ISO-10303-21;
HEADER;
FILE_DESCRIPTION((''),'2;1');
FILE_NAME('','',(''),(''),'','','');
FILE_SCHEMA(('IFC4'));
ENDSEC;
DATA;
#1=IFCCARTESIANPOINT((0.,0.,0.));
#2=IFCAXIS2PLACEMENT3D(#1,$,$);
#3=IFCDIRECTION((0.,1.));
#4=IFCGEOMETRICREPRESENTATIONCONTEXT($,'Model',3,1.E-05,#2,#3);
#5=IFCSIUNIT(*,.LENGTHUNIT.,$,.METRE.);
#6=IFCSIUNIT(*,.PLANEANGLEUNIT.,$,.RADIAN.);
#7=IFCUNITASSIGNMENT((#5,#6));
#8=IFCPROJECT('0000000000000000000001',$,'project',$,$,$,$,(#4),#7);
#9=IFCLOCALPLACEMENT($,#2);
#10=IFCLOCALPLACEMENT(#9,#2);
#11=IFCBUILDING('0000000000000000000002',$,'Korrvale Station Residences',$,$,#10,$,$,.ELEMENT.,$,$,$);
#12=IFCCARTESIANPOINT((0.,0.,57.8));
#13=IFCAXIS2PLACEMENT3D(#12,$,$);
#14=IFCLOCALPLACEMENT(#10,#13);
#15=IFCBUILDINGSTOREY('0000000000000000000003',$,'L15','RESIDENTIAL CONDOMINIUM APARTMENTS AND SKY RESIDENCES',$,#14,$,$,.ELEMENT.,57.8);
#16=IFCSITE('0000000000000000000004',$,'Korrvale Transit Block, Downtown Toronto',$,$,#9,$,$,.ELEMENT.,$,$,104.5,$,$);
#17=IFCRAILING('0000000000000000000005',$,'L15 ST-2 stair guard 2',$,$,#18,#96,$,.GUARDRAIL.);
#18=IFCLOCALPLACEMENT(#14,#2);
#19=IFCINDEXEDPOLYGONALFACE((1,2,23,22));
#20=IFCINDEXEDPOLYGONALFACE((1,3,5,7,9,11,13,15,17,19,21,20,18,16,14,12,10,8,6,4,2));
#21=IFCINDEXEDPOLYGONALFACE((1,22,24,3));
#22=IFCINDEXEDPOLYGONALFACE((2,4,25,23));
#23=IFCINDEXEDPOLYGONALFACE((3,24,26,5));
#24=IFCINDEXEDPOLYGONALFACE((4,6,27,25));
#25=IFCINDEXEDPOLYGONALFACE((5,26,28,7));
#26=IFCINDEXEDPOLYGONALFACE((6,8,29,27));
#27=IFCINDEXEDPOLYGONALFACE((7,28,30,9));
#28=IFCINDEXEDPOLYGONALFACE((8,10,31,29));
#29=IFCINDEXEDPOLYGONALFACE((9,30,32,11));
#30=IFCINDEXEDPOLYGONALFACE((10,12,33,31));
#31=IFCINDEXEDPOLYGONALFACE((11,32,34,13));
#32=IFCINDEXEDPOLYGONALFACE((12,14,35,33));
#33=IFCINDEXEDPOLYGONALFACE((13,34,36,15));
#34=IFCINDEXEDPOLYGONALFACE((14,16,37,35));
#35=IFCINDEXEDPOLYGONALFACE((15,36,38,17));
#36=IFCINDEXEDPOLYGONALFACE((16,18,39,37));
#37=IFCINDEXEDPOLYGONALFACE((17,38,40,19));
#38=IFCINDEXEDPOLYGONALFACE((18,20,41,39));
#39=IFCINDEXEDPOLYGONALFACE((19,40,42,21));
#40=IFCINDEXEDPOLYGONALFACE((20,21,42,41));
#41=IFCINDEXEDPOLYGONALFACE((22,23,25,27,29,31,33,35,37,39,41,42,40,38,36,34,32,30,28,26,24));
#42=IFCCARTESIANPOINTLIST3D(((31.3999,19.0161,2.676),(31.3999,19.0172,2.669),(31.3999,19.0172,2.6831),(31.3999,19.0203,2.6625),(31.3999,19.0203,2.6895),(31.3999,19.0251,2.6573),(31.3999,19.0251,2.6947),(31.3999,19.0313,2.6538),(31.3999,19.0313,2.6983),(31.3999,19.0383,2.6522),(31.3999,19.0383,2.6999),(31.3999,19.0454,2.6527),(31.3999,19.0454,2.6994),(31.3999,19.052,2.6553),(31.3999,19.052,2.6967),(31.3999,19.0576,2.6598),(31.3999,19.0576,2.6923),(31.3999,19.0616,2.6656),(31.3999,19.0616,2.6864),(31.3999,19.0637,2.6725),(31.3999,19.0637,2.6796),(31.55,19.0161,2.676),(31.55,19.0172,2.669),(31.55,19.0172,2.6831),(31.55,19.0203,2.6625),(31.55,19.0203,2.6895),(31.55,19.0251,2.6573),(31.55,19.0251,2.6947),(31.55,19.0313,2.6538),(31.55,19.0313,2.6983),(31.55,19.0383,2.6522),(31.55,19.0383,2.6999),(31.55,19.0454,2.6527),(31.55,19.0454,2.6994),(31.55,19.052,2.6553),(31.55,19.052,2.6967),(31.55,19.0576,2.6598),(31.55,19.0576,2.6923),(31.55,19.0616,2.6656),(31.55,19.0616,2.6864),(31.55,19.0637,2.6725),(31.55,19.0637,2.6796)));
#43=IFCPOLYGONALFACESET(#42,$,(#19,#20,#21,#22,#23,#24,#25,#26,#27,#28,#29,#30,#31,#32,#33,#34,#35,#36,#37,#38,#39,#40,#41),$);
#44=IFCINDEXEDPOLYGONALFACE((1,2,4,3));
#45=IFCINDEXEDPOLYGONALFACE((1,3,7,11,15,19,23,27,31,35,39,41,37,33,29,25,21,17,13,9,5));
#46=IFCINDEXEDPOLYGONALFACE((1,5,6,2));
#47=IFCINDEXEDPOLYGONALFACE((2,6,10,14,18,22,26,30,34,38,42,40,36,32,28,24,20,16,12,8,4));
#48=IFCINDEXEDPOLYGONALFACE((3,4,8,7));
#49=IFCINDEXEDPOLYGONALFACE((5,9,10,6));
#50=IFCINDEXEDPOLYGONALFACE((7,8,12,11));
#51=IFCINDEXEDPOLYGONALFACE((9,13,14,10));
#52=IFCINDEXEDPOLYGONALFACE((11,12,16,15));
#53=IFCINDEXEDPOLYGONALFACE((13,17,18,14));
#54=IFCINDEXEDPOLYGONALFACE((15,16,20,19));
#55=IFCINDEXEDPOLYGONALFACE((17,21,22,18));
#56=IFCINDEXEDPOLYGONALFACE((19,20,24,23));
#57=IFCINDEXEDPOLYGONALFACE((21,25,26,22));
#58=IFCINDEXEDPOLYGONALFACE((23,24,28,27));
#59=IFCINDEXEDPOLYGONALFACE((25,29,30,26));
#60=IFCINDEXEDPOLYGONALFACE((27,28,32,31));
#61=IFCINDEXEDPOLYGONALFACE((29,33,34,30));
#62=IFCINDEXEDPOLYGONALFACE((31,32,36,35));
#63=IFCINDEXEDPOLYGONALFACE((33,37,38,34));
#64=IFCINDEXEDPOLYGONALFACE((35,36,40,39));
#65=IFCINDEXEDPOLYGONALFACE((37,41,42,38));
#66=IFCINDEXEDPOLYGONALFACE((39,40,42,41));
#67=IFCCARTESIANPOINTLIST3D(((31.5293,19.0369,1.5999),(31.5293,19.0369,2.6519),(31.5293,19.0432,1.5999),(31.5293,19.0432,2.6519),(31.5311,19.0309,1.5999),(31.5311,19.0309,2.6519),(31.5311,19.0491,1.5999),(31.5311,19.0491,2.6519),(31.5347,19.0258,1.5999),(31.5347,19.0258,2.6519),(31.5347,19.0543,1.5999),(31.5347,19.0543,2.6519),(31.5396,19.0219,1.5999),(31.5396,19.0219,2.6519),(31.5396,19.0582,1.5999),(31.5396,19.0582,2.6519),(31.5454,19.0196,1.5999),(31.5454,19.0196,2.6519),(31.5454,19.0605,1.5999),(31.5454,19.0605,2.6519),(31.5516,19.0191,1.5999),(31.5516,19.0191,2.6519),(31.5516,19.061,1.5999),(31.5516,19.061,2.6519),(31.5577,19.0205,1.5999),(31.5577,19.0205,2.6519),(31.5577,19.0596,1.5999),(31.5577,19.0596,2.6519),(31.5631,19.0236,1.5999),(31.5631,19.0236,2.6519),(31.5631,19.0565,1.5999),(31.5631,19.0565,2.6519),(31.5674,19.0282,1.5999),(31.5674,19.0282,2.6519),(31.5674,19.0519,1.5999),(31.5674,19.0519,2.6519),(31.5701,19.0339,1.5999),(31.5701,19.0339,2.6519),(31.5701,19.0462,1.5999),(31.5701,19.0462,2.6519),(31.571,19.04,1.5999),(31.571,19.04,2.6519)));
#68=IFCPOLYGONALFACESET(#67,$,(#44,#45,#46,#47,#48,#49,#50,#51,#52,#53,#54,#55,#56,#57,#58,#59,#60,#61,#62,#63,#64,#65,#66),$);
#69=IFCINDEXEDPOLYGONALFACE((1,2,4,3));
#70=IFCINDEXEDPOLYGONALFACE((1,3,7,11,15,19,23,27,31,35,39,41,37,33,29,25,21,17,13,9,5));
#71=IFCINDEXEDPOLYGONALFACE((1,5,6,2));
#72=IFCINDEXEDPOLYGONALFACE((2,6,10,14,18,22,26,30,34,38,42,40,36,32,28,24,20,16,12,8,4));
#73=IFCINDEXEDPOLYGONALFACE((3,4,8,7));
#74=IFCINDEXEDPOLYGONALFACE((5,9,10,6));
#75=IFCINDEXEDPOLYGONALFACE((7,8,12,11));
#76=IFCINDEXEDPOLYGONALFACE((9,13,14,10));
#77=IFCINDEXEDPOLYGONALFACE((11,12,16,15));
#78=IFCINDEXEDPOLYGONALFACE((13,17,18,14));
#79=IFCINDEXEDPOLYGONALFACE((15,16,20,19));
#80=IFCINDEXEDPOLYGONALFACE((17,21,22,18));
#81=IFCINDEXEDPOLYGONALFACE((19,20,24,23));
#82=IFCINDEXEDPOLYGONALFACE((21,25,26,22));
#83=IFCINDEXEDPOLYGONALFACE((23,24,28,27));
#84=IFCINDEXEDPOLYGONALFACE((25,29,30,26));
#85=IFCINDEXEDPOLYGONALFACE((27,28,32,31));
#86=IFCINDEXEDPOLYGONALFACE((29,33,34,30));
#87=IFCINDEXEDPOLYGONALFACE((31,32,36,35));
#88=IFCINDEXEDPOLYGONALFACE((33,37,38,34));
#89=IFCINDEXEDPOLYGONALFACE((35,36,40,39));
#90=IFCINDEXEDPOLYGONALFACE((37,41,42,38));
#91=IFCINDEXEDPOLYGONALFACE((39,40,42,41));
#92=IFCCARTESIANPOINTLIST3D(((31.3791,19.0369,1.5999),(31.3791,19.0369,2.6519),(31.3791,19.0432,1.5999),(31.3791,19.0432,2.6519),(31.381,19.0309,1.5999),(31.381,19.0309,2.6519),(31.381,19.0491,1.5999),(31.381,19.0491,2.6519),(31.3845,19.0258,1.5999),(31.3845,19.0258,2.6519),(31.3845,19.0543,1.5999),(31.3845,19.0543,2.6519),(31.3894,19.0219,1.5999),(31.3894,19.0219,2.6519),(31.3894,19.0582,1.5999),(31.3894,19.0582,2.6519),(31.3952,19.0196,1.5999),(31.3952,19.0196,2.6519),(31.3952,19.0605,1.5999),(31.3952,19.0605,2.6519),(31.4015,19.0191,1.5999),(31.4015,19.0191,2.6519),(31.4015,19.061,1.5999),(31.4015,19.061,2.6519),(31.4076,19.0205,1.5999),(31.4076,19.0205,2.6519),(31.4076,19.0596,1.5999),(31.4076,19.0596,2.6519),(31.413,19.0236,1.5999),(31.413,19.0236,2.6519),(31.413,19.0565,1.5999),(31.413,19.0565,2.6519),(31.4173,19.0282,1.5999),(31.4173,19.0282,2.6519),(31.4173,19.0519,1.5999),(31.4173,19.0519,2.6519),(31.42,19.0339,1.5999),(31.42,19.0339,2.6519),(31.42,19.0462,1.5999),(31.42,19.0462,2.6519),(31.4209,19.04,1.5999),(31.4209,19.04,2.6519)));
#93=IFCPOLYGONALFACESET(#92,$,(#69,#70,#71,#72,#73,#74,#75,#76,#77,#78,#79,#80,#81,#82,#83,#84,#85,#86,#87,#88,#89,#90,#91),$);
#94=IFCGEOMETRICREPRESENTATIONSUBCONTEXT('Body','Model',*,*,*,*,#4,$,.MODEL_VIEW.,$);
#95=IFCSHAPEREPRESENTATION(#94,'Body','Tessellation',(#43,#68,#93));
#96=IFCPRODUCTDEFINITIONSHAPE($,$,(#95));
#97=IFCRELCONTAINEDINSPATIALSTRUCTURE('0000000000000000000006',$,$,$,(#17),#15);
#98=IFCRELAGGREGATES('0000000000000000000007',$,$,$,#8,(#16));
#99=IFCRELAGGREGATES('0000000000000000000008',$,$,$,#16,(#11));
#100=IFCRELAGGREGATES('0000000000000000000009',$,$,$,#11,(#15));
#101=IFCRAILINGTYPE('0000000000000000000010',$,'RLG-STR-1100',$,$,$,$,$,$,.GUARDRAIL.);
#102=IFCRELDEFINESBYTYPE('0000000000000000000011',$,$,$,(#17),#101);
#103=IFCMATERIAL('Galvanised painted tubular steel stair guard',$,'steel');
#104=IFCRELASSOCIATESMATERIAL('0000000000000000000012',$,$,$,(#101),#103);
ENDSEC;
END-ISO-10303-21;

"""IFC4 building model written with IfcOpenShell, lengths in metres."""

from ifc_helpers import new_model, si_unit, direction, frame, origin, origin_2d, place, context, subcontext, project, spatial, circle, extrude, material, type_object, element, save


model = new_model("IFC4")

# Units and contexts
model_context = context("Model", 3, precision=1e-05, world=origin(), true_north=direction((0.0, 1.0)))
body_context = subcontext(model_context, "Body", "Model", "MODEL_VIEW")
ifc_project = project(units=[si_unit("LENGTHUNIT", "METRE"), si_unit("PLANEANGLEUNIT", "RADIAN")], contexts=[model_context])

# Site, building, storey
site_placement = place(None, origin())
site = spatial("IfcSite", under=ifc_project, at=site_placement, Name="Korrvale Transit Block, Downtown Toronto", CompositionType="ELEMENT", RefElevation=104.5)
building_placement = place(site_placement, origin())
building = spatial("IfcBuilding", under=site, at=building_placement, Name="Korrvale Station Residences", CompositionType="ELEMENT")
storey_placement = place(building_placement, frame((0.0, 0.0, 57.8)))
storey = spatial("IfcBuildingStorey", under=building, at=storey_placement, Name="L15", Description="RESIDENTIAL CONDOMINIUM APARTMENTS AND SKY RESIDENCES", CompositionType="ELEMENT", Elevation=57.8)

# Railing
ifc_material_1 = material(Name="Galvanised painted tubular steel stair guard", Category="steel")
railing_type_1 = type_object("IfcRailingType", Name="RLG-STR-1100", PredefinedType="GUARDRAIL", material=ifc_material_1)
railing_1_placement = place(storey_placement, frame((31.55, 19.04, 1.5999)))
element("IfcRailing", 1, at=railing_1_placement, inside=storey, type_object=railing_type_1, Name="L15 ST-2 stair guard 2", PredefinedType="GUARDRAIL", context=body_context, shape_type="SweptSolid", body=[
    extrude(circle(Radius=0.0239, at=origin_2d()), frame((0.0, 0.0, 1.0762), z_axis=(-1.0, 0.0, 0.0), x_axis=(0.0, -1.0, 0.0)), (0.0, 0.0, 1.0), 0.1501),
    extrude(circle(Radius=0.021, at=origin_2d()), origin(), (0.0, 0.0, 1.0), 1.052),
    extrude(circle(Radius=0.021, at=origin_2d()), frame((-0.1501, 0.0, 0.0)), (0.0, 0.0, 1.0), 1.052),
])

save(model, "model.ifc")
